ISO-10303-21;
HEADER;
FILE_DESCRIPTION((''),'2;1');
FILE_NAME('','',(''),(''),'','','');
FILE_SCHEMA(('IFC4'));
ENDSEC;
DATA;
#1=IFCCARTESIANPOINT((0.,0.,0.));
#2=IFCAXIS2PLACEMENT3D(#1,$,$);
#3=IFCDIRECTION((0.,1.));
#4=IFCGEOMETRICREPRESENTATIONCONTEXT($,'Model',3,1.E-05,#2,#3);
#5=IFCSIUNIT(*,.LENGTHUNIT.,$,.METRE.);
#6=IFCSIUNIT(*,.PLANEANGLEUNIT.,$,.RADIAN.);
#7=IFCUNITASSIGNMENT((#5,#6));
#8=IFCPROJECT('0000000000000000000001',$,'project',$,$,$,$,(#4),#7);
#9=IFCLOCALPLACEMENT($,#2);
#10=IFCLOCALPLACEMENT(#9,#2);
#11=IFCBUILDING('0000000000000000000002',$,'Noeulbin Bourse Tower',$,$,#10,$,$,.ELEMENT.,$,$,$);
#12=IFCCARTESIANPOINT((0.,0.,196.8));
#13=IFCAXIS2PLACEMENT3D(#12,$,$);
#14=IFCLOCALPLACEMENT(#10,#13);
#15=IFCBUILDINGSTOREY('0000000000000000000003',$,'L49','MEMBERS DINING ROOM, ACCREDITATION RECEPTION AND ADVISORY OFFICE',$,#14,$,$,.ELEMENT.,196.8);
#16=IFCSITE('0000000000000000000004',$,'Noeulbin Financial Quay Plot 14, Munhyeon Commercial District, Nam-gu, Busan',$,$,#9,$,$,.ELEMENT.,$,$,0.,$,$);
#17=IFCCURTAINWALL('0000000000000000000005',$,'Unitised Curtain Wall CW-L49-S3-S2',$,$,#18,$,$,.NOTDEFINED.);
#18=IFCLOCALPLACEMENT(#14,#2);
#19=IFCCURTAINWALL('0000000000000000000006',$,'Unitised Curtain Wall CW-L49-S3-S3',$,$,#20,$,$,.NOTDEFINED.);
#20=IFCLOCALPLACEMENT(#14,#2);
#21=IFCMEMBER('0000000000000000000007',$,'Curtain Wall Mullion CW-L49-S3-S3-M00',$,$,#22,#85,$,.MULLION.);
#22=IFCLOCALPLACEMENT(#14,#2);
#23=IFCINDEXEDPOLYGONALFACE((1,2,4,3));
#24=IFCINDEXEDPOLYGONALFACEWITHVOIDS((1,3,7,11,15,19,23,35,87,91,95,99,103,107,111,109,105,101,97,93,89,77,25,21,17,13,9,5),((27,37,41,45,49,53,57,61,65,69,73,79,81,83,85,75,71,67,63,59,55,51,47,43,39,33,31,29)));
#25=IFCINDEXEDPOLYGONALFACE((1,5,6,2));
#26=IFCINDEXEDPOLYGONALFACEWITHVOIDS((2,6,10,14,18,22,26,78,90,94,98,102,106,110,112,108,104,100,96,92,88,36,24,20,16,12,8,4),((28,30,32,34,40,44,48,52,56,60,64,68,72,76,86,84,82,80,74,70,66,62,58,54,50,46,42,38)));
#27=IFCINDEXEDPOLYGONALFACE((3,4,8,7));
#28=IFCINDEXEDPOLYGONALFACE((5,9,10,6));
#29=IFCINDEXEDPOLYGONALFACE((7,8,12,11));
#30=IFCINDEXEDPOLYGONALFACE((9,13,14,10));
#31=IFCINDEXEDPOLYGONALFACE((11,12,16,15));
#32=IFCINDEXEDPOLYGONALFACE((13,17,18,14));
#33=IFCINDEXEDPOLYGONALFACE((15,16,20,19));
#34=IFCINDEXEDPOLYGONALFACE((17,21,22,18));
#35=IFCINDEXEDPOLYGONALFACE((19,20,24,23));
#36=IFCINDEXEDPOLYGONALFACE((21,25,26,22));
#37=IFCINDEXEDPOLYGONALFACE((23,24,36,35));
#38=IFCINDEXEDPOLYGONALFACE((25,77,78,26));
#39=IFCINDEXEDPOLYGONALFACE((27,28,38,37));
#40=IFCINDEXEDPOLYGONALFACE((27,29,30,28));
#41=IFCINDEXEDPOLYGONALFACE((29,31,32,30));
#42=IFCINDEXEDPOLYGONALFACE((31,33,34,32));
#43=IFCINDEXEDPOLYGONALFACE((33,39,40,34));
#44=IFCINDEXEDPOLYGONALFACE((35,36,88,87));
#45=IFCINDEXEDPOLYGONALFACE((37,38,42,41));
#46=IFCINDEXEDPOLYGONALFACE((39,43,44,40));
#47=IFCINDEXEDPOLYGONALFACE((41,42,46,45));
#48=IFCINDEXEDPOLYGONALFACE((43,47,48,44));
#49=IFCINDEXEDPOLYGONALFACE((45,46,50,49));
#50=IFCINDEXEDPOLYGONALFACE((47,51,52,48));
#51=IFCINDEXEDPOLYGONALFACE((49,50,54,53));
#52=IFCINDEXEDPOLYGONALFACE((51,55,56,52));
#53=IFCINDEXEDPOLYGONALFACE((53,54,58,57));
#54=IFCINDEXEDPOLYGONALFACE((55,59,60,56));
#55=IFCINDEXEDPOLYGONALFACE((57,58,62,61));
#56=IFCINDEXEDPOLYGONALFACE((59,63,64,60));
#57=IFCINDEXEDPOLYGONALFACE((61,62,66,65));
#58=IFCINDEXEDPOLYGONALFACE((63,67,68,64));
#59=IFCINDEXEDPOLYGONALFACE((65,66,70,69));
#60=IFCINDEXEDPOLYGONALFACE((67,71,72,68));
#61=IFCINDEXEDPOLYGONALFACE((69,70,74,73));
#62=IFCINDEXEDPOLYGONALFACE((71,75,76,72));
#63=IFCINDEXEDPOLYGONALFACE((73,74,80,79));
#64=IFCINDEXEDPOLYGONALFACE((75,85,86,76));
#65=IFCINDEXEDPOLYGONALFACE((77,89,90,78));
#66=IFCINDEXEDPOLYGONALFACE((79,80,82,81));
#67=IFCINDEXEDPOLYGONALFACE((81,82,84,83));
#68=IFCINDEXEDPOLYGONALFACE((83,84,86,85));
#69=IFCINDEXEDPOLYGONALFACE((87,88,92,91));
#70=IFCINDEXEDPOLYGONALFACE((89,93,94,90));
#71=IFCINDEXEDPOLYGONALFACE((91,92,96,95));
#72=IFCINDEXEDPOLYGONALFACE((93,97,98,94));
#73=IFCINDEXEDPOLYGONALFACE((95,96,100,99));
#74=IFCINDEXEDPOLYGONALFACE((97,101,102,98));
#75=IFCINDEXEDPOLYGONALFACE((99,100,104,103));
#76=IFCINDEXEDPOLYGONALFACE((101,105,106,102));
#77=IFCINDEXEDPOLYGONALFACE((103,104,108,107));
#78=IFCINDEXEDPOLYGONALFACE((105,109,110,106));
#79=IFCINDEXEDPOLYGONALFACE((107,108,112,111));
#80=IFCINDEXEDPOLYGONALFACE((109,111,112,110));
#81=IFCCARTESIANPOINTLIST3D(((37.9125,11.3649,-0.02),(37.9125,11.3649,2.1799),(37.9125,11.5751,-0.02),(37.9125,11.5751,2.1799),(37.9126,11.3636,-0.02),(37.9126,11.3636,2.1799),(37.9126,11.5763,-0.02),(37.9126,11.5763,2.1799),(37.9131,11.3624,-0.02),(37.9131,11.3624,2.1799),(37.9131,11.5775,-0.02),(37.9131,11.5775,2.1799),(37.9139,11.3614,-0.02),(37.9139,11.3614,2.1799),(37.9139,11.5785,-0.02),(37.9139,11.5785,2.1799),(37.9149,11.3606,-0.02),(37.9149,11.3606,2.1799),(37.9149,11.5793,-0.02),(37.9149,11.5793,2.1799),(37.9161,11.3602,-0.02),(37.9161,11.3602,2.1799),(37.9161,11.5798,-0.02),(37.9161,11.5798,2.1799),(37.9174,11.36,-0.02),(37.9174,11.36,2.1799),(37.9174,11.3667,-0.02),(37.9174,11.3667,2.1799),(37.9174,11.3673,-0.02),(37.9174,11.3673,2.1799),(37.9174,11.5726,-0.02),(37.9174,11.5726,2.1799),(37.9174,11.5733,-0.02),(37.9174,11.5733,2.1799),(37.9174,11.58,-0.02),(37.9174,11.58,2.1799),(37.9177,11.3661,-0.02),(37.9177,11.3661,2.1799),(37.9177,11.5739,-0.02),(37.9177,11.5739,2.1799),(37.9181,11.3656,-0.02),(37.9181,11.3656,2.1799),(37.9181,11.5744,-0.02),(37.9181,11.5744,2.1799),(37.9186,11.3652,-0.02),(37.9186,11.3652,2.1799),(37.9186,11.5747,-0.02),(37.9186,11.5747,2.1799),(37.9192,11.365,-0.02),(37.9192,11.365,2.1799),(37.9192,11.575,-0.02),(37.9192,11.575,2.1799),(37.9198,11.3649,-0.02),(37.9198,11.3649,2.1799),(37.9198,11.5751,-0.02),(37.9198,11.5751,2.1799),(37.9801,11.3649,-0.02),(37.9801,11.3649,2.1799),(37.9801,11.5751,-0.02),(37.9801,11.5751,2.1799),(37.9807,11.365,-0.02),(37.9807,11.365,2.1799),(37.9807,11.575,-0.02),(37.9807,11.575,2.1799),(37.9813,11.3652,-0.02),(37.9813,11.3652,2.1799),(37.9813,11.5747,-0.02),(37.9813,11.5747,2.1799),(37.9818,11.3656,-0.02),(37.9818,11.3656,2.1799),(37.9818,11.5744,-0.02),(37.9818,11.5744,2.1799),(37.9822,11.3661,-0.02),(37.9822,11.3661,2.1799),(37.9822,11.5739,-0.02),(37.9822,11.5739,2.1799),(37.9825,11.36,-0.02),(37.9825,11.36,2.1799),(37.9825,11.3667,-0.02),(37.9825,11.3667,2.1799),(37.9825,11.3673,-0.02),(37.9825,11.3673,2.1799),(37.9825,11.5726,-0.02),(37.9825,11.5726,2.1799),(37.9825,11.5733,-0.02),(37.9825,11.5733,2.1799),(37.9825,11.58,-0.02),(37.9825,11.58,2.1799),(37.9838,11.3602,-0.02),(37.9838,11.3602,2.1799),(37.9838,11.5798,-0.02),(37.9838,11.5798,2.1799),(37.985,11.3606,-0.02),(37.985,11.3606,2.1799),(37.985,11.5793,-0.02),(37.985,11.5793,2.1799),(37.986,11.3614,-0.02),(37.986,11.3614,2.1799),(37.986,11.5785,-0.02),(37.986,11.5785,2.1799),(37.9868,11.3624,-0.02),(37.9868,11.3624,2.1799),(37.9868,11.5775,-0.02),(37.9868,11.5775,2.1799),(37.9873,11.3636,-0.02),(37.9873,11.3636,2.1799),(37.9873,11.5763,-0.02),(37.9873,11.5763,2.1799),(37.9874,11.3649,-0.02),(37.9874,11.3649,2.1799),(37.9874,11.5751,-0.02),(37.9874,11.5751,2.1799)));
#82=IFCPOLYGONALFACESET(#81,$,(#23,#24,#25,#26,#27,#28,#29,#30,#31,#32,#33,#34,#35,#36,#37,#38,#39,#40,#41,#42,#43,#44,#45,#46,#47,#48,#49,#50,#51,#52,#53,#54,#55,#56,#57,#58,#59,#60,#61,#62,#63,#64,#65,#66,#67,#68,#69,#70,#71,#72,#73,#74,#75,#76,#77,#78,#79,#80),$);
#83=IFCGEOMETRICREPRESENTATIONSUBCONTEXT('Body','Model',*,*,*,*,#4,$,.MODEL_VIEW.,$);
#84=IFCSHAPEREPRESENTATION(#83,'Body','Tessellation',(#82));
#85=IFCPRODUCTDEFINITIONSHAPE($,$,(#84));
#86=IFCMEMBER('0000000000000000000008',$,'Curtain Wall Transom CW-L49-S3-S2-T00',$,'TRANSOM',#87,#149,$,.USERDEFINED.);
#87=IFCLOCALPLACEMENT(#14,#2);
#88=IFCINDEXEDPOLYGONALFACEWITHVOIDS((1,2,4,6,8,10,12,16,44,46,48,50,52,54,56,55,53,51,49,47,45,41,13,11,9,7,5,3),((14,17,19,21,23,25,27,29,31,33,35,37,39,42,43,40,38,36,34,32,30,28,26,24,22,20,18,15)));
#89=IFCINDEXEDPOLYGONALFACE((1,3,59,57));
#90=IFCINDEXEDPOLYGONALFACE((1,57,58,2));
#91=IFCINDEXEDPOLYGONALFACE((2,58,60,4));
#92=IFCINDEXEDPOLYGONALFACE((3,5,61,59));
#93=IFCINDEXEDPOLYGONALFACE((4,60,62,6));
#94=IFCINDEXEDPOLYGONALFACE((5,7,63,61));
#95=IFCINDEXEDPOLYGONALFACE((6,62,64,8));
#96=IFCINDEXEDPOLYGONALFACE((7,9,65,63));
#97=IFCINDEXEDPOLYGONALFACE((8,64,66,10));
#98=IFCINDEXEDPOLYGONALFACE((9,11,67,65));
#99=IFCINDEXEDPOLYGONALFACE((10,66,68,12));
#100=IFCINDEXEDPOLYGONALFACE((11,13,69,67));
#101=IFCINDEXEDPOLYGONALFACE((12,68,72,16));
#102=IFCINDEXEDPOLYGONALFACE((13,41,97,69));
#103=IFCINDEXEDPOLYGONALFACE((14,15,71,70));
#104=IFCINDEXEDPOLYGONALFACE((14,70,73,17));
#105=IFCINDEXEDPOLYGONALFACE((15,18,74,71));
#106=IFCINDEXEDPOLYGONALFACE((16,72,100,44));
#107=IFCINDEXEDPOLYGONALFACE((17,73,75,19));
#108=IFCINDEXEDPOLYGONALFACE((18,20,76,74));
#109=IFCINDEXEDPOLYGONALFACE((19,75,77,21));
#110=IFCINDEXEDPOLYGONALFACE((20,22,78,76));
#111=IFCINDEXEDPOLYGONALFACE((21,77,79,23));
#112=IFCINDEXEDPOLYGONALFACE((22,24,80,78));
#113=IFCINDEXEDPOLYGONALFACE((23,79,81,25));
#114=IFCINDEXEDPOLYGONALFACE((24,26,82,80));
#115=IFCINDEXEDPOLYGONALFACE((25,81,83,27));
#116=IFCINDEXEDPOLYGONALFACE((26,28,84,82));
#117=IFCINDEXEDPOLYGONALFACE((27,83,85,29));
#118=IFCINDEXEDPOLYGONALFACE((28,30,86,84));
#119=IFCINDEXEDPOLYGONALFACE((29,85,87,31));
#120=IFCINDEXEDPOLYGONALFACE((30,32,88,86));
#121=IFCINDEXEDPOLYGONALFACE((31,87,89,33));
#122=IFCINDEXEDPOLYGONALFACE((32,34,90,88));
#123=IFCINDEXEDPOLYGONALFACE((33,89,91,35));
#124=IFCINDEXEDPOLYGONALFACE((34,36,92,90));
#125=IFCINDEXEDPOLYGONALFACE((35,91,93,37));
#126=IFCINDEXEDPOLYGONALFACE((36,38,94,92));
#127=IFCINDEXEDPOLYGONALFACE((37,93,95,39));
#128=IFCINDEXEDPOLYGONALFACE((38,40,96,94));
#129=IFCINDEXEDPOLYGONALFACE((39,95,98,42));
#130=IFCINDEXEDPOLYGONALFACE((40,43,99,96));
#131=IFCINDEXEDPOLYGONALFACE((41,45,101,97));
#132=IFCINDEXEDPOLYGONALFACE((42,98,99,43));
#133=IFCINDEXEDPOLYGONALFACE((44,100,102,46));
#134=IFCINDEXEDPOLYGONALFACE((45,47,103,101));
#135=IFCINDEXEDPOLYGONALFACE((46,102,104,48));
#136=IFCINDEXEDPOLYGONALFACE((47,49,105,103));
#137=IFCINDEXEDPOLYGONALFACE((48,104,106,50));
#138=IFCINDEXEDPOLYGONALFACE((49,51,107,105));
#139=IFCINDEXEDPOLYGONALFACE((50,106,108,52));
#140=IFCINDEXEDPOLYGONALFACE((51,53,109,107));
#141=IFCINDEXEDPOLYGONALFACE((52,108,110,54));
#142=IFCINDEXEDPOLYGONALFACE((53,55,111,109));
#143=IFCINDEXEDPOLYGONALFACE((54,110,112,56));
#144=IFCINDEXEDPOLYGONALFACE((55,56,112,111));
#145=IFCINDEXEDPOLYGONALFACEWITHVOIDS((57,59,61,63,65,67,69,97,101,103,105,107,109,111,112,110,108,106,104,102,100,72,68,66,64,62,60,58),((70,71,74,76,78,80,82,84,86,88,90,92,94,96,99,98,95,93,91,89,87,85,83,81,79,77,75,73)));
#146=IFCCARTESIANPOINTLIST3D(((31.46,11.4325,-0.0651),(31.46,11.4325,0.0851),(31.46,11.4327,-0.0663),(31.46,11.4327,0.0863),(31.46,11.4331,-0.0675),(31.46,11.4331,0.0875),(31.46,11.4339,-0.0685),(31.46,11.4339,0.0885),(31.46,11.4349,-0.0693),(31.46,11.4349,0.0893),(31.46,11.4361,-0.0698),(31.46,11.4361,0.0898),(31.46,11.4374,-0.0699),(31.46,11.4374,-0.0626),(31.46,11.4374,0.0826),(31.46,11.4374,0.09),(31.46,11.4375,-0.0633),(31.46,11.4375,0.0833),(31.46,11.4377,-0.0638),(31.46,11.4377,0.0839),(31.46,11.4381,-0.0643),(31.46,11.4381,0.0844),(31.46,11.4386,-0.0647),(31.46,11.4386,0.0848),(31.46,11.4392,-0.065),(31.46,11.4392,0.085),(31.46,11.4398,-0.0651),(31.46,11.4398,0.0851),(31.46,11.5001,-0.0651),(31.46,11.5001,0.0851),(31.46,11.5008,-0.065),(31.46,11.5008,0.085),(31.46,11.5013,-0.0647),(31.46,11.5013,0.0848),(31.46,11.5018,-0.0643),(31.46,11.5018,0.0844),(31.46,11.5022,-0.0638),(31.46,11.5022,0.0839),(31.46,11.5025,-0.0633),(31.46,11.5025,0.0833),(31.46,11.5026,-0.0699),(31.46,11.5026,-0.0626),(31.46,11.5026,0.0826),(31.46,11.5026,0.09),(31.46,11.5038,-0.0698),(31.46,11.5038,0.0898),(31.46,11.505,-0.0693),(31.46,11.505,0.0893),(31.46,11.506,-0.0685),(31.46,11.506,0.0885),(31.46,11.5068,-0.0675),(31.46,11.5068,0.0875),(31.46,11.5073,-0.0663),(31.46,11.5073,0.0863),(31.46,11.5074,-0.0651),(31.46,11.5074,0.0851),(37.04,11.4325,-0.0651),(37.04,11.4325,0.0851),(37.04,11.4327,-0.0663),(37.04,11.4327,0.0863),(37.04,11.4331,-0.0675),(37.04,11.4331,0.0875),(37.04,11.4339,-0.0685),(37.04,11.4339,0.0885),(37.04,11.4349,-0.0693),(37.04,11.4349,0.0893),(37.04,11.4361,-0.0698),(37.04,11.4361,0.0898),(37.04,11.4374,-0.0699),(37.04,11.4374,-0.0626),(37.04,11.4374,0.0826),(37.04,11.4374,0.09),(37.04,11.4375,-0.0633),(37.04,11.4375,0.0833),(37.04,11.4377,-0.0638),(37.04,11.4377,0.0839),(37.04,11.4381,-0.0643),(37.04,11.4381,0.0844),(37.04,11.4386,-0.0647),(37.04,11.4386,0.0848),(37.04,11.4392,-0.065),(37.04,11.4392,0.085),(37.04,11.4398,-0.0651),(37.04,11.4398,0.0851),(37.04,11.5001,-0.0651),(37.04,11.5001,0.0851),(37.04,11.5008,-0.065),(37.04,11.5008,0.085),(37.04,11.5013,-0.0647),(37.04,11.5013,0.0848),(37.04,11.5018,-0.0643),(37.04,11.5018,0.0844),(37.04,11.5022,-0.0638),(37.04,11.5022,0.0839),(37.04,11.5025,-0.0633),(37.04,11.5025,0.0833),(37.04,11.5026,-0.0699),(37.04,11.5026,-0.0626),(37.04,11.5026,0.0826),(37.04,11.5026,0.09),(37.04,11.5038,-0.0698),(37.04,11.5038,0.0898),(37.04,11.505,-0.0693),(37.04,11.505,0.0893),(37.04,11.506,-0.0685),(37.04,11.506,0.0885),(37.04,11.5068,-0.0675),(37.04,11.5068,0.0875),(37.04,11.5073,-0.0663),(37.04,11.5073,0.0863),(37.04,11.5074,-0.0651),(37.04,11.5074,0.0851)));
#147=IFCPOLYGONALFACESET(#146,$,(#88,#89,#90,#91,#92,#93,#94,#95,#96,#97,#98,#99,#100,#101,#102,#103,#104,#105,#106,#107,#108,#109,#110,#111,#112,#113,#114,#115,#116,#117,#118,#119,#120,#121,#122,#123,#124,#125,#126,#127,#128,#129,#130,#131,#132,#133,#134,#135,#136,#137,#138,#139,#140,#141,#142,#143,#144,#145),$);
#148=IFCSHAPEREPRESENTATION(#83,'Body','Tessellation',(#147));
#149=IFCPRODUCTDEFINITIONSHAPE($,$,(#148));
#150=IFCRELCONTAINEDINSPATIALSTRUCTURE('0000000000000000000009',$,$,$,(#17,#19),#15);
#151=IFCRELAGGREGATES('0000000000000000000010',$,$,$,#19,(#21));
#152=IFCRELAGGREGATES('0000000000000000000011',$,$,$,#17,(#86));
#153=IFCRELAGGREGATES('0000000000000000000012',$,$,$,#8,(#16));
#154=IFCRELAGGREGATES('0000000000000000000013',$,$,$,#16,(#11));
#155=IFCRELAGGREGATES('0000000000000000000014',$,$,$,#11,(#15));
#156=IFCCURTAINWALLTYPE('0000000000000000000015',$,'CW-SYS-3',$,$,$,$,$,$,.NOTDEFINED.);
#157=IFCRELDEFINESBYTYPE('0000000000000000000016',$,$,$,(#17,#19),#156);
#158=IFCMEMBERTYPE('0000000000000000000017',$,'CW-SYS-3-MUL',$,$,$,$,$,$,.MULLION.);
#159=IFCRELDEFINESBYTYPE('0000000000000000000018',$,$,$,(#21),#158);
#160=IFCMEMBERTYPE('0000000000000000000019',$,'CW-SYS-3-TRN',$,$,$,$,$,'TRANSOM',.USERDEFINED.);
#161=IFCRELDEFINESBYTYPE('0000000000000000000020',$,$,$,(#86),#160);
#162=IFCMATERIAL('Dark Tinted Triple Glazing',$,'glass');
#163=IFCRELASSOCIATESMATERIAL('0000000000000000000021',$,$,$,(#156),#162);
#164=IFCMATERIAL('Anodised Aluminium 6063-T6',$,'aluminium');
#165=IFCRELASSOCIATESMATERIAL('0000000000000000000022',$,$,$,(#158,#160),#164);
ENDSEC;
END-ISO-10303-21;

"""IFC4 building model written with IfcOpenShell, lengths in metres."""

from ifc_helpers import new_model, si_unit, direction, frame, origin, origin_2d, place, context, subcontext, project, spatial, hollow_rectangle, extrude, material, material_profile, profile_set, type_object, element, aggregate, save


model = new_model("IFC4")

# Units and contexts
model_context = context("Model", 3, precision=1e-05, world=origin(), true_north=direction((0.0, 1.0)))
body_context = subcontext(model_context, "Body", "Model", "MODEL_VIEW")
ifc_project = project(units=[si_unit("LENGTHUNIT", "METRE"), si_unit("PLANEANGLEUNIT", "RADIAN")], contexts=[model_context])

# Site, building, storey
site_placement = place(None, origin())
site = spatial("IfcSite", under=ifc_project, at=site_placement, Name="Noeulbin Financial Quay Plot 14, Munhyeon Commercial District, Nam-gu, Busan", CompositionType="ELEMENT", RefElevation=0.0)
building_placement = place(site_placement, origin())
building = spatial("IfcBuilding", under=site, at=building_placement, Name="Noeulbin Bourse Tower", CompositionType="ELEMENT")
storey_placement = place(building_placement, frame((0.0, 0.0, 196.8)))
storey = spatial("IfcBuildingStorey", under=building, at=storey_placement, Name="L49", Description="MEMBERS DINING ROOM, ACCREDITATION RECEPTION AND ADVISORY OFFICE", CompositionType="ELEMENT", Elevation=196.8)

# Shared definitions
ifc_material_1 = material(Name="Dark Tinted Triple Glazing", Category="glass")
curtain_wall_type = type_object("IfcCurtainWallType", Name="CW-SYS-3", PredefinedType="NOTDEFINED", material=ifc_material_1)
ifc_material_2 = material(Name="Anodised Aluminium 6063-T6", Category="aluminium")
ifc_material_profile_1 = material_profile(ifc_material_2, hollow_rectangle(XDim=0.075, YDim=0.22, WallThickness=0.0049, InnerFilletRadius=0.0024, OuterFilletRadius=0.0049, at=origin_2d()), Name="ALU-MULL-75x220x5", Category="LoadBearing")
ifc_profile_set_1 = profile_set([ifc_material_profile_1], Name="Anodised Aluminium 6063-T6")
member_type_1 = type_object("IfcMemberType", Name="CW-SYS-3-MUL", PredefinedType="MULLION", material=ifc_profile_set_1)

# Curtain wall
curtain_wall_1_placement = place(storey_placement, origin())
curtain_wall_1 = element("IfcCurtainWall", 1, at=curtain_wall_1_placement, inside=storey, type_object=curtain_wall_type, Name="Unitised Curtain Wall CW-L49-S3-S2", PredefinedType="NOTDEFINED")

# Curtain wall, member
curtain_wall_2_placement = place(storey_placement, origin())
curtain_wall_2 = element("IfcCurtainWall", 2, at=curtain_wall_2_placement, inside=storey, type_object=curtain_wall_type, Name="Unitised Curtain Wall CW-L49-S3-S3", PredefinedType="NOTDEFINED")
member_1_placement = place(storey_placement, frame((37.95, 11.47, -0.02), z_axis=(0.0, 0.0, 1.0), x_axis=(1.0, 0.0, 0.0)))
member_1 = element("IfcMember", 3, at=member_1_placement, type_object=member_type_1, Name="Curtain Wall Mullion CW-L49-S3-S3-M00", PredefinedType="MULLION", context=body_context, shape_type="SweptSolid", body=[
    extrude(hollow_rectangle(XDim=0.075, YDim=0.22, WallThickness=0.0049, InnerFilletRadius=0.0024, OuterFilletRadius=0.0049, at=origin_2d()), origin(), (0.0, 0.0, 1.0), 2.2),
])
aggregate(curtain_wall_2, [member_1])

# Member
ifc_material_profile_2 = material_profile(ifc_material_2, hollow_rectangle(XDim=0.075, YDim=0.1599, WallThickness=0.0049, InnerFilletRadius=0.0024, OuterFilletRadius=0.0049, at=origin_2d()), Name="ALU-TRAN-75x160x5", Category="LoadBearing")
ifc_profile_set_2 = profile_set([ifc_material_profile_2], Name="Anodised Aluminium 6063-T6")
member_type_2 = type_object("IfcMemberType", Name="CW-SYS-3-TRN", ElementType="TRANSOM", PredefinedType="USERDEFINED", material=ifc_profile_set_2)
member_2_placement = place(storey_placement, frame((31.46, 11.47, 0.01), z_axis=(1.0, 0.0, 0.0), x_axis=(0.0, 1.0, 0.0)))
member_2 = element("IfcMember", 4, at=member_2_placement, type_object=member_type_2, Name="Curtain Wall Transom CW-L49-S3-S2-T00", ObjectType="TRANSOM", PredefinedType="USERDEFINED", context=body_context, shape_type="SweptSolid", body=[
    extrude(hollow_rectangle(XDim=0.075, YDim=0.1599, WallThickness=0.0049, InnerFilletRadius=0.0024, OuterFilletRadius=0.0049, at=origin_2d()), origin(), (0.0, 0.0, 1.0), 5.5801),
])

aggregate(curtain_wall_1, [member_2])

save(model, "model.ifc")
